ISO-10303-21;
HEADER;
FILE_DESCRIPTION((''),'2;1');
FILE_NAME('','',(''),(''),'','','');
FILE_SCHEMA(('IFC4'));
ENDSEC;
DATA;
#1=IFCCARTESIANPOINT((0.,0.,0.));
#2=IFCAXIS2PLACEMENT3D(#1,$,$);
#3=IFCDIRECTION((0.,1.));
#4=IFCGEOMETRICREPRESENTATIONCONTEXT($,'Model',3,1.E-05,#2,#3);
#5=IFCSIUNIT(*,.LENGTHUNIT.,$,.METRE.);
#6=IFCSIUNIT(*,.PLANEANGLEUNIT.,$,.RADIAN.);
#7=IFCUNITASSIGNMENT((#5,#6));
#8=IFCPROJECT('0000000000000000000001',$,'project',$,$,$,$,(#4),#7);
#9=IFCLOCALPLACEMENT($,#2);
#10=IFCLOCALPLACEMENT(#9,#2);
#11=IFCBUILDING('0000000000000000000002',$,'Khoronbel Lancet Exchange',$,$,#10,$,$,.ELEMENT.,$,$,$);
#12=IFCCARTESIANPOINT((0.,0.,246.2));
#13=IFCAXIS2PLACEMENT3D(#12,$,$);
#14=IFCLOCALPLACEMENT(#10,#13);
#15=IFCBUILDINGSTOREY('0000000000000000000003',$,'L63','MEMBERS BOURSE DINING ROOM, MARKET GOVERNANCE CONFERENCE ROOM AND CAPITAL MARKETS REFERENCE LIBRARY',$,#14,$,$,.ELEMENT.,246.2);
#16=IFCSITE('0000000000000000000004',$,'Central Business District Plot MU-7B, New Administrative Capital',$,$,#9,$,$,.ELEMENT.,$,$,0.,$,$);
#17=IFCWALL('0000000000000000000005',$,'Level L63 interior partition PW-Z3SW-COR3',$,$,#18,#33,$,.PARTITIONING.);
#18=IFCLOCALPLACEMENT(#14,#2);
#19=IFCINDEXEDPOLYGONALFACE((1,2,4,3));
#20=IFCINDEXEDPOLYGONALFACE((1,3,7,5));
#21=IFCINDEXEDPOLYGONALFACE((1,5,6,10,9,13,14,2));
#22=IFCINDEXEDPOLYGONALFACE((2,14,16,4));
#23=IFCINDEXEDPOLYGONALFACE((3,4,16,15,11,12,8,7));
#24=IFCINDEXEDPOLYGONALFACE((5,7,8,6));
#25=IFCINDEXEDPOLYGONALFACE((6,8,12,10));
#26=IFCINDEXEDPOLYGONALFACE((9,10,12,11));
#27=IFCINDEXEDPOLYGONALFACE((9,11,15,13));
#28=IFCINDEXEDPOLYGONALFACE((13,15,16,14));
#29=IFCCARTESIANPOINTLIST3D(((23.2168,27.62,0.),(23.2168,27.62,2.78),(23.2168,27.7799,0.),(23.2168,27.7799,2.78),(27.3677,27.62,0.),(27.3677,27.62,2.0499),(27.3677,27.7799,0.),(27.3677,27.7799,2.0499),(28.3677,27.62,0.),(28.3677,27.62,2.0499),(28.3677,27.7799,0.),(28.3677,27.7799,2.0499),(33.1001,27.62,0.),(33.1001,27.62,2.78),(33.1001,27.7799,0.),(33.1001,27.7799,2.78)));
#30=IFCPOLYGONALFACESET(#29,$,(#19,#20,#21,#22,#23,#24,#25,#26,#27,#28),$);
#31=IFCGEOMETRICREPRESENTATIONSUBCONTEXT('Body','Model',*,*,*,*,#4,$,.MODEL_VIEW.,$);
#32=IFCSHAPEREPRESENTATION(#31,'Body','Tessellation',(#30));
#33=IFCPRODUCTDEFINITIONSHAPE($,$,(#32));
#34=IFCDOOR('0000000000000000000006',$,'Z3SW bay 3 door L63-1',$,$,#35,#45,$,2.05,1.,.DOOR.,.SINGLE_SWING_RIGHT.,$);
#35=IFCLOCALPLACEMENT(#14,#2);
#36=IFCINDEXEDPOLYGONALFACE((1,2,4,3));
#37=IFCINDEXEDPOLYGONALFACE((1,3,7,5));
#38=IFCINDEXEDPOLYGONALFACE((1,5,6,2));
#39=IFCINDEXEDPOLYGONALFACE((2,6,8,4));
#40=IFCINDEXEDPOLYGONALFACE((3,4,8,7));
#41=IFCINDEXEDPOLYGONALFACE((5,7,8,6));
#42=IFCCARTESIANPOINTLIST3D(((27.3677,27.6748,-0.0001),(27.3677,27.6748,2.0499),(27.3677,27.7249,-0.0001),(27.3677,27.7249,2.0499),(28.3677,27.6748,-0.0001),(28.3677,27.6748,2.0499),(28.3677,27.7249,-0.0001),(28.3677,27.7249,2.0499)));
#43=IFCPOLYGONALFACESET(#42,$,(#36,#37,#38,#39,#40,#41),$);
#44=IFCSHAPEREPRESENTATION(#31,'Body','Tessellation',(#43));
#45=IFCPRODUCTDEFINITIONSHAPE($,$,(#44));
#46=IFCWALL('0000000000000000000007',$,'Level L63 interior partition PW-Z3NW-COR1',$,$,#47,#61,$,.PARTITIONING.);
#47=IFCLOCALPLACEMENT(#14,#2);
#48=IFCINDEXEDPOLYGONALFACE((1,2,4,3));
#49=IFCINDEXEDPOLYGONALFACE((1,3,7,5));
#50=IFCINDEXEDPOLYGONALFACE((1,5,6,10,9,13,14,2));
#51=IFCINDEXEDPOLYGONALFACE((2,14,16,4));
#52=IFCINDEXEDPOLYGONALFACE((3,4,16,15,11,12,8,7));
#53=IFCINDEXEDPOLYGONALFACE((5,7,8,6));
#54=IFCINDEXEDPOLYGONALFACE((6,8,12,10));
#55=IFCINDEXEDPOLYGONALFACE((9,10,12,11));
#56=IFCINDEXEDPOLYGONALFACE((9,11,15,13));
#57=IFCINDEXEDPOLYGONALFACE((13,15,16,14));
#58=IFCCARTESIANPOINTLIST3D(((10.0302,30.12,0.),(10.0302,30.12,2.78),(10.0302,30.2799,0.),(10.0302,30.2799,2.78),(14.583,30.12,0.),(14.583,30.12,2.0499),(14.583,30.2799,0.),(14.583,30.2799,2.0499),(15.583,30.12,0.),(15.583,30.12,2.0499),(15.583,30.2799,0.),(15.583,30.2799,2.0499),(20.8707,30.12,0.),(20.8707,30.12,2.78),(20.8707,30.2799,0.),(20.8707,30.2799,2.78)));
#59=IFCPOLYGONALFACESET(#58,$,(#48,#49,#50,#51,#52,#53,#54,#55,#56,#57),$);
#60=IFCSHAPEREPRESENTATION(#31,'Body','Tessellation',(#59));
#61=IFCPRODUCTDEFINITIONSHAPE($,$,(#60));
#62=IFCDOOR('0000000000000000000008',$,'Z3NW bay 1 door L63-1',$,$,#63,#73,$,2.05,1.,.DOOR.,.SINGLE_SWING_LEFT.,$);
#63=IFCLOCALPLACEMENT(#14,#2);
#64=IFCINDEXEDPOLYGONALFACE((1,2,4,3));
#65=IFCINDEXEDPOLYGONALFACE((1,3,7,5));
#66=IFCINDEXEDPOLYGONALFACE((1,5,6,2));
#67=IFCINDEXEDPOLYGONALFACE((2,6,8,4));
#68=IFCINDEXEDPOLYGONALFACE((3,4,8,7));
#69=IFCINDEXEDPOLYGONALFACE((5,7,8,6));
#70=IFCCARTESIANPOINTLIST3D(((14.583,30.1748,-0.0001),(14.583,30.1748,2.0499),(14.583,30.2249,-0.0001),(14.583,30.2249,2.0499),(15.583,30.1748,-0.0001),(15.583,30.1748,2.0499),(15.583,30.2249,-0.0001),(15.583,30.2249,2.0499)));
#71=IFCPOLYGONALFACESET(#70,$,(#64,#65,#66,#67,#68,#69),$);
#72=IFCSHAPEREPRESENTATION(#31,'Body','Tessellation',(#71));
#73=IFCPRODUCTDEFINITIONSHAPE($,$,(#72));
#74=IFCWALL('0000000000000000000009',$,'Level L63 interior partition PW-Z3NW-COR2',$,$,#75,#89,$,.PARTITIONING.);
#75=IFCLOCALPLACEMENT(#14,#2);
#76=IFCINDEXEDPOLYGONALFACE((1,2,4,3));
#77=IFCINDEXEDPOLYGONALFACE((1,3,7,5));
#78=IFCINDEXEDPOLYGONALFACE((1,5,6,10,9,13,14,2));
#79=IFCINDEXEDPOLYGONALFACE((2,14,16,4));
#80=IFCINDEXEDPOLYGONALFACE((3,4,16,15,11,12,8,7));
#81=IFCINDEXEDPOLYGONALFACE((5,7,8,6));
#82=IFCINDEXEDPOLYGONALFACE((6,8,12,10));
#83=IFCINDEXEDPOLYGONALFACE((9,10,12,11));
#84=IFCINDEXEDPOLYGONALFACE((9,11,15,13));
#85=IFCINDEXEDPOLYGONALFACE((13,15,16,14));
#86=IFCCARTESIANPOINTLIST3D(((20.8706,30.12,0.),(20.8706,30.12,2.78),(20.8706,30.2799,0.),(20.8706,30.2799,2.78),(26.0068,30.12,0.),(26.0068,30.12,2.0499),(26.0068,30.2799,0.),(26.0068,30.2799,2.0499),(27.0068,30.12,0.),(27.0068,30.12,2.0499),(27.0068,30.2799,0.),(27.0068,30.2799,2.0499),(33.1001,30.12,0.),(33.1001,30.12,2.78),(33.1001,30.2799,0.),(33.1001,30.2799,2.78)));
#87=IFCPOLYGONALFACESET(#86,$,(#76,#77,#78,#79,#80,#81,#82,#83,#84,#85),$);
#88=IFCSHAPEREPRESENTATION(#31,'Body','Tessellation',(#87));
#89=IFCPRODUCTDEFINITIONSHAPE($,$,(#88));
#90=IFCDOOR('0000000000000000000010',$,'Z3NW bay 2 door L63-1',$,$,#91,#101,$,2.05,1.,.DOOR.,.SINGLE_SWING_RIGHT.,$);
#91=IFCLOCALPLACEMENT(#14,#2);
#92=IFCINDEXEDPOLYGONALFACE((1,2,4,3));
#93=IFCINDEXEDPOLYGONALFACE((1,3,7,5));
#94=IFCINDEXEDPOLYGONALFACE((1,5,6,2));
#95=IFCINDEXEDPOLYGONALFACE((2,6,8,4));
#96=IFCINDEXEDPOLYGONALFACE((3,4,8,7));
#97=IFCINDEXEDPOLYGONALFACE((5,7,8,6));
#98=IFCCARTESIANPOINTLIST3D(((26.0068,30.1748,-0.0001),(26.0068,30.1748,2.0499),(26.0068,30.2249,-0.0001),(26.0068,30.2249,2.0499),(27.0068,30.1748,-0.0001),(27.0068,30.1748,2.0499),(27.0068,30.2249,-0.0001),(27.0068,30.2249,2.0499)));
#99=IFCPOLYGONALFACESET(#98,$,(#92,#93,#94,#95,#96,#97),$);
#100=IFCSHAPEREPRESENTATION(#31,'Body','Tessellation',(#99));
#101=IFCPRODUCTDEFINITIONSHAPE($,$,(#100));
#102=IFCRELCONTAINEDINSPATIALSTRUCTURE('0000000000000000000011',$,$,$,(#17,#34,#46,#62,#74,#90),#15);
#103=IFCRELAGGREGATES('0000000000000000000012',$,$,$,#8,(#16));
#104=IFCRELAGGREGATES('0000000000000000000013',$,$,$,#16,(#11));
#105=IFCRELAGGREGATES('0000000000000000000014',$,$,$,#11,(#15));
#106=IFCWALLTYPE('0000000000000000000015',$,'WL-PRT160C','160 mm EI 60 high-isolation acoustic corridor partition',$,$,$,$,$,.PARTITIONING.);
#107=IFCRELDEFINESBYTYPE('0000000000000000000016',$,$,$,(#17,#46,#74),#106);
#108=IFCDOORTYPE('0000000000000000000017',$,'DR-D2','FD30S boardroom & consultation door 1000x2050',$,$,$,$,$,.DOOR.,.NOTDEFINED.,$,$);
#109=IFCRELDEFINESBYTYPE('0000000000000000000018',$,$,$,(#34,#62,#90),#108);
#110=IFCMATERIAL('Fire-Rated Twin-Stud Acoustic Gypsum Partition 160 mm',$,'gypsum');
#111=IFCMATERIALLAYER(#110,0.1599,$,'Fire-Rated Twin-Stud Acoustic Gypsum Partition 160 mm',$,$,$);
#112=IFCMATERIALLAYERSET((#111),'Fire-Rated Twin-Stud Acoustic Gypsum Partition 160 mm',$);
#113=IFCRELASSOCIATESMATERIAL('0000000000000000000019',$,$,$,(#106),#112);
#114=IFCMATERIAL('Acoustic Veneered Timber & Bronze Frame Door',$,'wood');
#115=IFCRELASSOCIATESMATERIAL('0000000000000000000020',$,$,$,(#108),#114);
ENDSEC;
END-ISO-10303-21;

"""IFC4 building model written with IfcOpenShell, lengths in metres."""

from ifc_helpers import new_model, si_unit, direction, frame, frame_2d, origin, place, context, subcontext, project, spatial, rectangle, extrude, material, layer, layer_set, type_object, element, fill, save


model = new_model("IFC4")

# Units and contexts
model_context = context("Model", 3, precision=1e-05, world=origin(), true_north=direction((0.0, 1.0)))
body_context = subcontext(model_context, "Body", "Model", "MODEL_VIEW")
ifc_project = project(units=[si_unit("LENGTHUNIT", "METRE"), si_unit("PLANEANGLEUNIT", "RADIAN")], contexts=[model_context])

# Site, building, storey
site_placement = place(None, origin())
site = spatial("IfcSite", under=ifc_project, at=site_placement, Name="Central Business District Plot MU-7B, New Administrative Capital", CompositionType="ELEMENT", RefElevation=0.0)
building_placement = place(site_placement, origin())
building = spatial("IfcBuilding", under=site, at=building_placement, Name="Khoronbel Lancet Exchange", CompositionType="ELEMENT")
storey_placement = place(building_placement, frame((0.0, 0.0, 246.2)))
storey = spatial("IfcBuildingStorey", under=building, at=storey_placement, Name="L63", Description="MEMBERS BOURSE DINING ROOM, MARKET GOVERNANCE CONFERENCE ROOM AND CAPITAL MARKETS REFERENCE LIBRARY", CompositionType="ELEMENT", Elevation=246.2)

# Walls, openings, doors
ifc_material_1 = material(Name="Fire-Rated Twin-Stud Acoustic Gypsum Partition 160 mm", Category="gypsum")
ifc_layer_1 = layer(ifc_material_1, 0.1599, Name="Fire-Rated Twin-Stud Acoustic Gypsum Partition 160 mm")
ifc_layer_set_1 = layer_set([ifc_layer_1], Name="Fire-Rated Twin-Stud Acoustic Gypsum Partition 160 mm")
wall_type_1 = type_object("IfcWallType", Name="WL-PRT160C", Description="160 mm EI 60 high-isolation acoustic corridor partition", PredefinedType="PARTITIONING", material=ifc_layer_set_1)
ifc_material_2 = material(Name="Acoustic Veneered Timber & Bronze Frame Door", Category="wood")
door_type_1 = type_object("IfcDoorType", Name="DR-D2", Description="FD30S boardroom & consultation door 1000x2050", OperationType="NOTDEFINED", PredefinedType="DOOR", material=ifc_material_2)
wall_1_placement = place(storey_placement, frame((23.2168, 27.7, 0.0), z_axis=(0.0, 0.0, 1.0), x_axis=(1.0, 0.0, 0.0)))
wall_1 = element("IfcWall", 1, at=wall_1_placement, inside=storey, type_object=wall_type_1, Name="Level L63 interior partition PW-Z3SW-COR3", PredefinedType="PARTITIONING", context=body_context, shape_type="SweptSolid", body=[
    extrude(rectangle(XDim=9.8833, YDim=0.1599, at=frame_2d((4.9417, 0.0))), origin(), (0.0, 0.0, 1.0), 2.78),
])
opening_1_placement = place(wall_1_placement, frame((4.1509, 0.0, 0.0)))
opening_1 = element("IfcOpeningElement", 2, at=opening_1_placement, cuts=wall_1, PredefinedType="OPENING", context=body_context, shape_type="SweptSolid", body=[
    extrude(rectangle(XDim=1.0, YDim=2.05, at=frame_2d((0.5, 1.0249))), frame((0.0, 0.0898, 0.0), z_axis=(0.0, -1.0, 0.0), x_axis=(1.0, 0.0, 0.0)), (0.0, 0.0, 1.0), 0.1799),
])
door_1_placement = place(opening_1_placement, origin())
door_1 = element("IfcDoor", 3, at=door_1_placement, inside=storey, type_object=door_type_1, Name="Z3SW bay 3 door L63-1", OperationType="SINGLE_SWING_RIGHT", OverallHeight=2.05, OverallWidth=1.0, PredefinedType="DOOR", context=body_context, shape_type="SweptSolid", body=[
    extrude(rectangle(XDim=1.0, YDim=2.05, at=frame_2d((0.5, 1.0249))), frame((0.0, 0.0249, 0.0), z_axis=(0.0, -1.0, 0.0), x_axis=(1.0, 0.0, 0.0)), (0.0, 0.0, 1.0), 0.05),
])
fill(opening_1, door_1)
wall_2_placement = place(storey_placement, frame((10.03, 30.2, 0.0), z_axis=(0.0, 0.0, 1.0), x_axis=(1.0, 0.0, 0.0)))
wall_2 = element("IfcWall", 4, at=wall_2_placement, inside=storey, type_object=wall_type_1, Name="Level L63 interior partition PW-Z3NW-COR1", PredefinedType="PARTITIONING", context=body_context, shape_type="SweptSolid", body=[
    extrude(rectangle(XDim=10.8406, YDim=0.1599, at=frame_2d((5.4204, 0.0))), origin(), (0.0, 0.0, 1.0), 2.78),
])
opening_2_placement = place(wall_2_placement, frame((4.553, 0.0, 0.0)))
opening_2 = element("IfcOpeningElement", 5, at=opening_2_placement, cuts=wall_2, PredefinedType="OPENING", context=body_context, shape_type="SweptSolid", body=[
    extrude(rectangle(XDim=1.0, YDim=2.05, at=frame_2d((0.5, 1.0249))), frame((0.0, 0.0898, 0.0), z_axis=(0.0, -1.0, 0.0), x_axis=(1.0, 0.0, 0.0)), (0.0, 0.0, 1.0), 0.1799),
])
door_2_placement = place(opening_2_placement, origin())
door_2 = element("IfcDoor", 6, at=door_2_placement, inside=storey, type_object=door_type_1, Name="Z3NW bay 1 door L63-1", OperationType="SINGLE_SWING_LEFT", OverallHeight=2.05, OverallWidth=1.0, PredefinedType="DOOR", context=body_context, shape_type="SweptSolid", body=[
    extrude(rectangle(XDim=1.0, YDim=2.05, at=frame_2d((0.5, 1.0249))), frame((0.0, 0.0249, 0.0), z_axis=(0.0, -1.0, 0.0), x_axis=(1.0, 0.0, 0.0)), (0.0, 0.0, 1.0), 0.05),
])
fill(opening_2, door_2)
wall_3_placement = place(storey_placement, frame((20.8706, 30.2, 0.0), z_axis=(0.0, 0.0, 1.0), x_axis=(1.0, 0.0, 0.0)))
wall_3 = element("IfcWall", 7, at=wall_3_placement, inside=storey, type_object=wall_type_1, Name="Level L63 interior partition PW-Z3NW-COR2", PredefinedType="PARTITIONING", context=body_context, shape_type="SweptSolid", body=[
    extrude(rectangle(XDim=12.2295, YDim=0.1599, at=frame_2d((6.1147, 0.0))), origin(), (0.0, 0.0, 1.0), 2.78),
])
opening_3_placement = place(wall_3_placement, frame((5.1362, 0.0, 0.0)))
opening_3 = element("IfcOpeningElement", 8, at=opening_3_placement, cuts=wall_3, PredefinedType="OPENING", context=body_context, shape_type="SweptSolid", body=[
    extrude(rectangle(XDim=1.0, YDim=2.05, at=frame_2d((0.5, 1.0249))), frame((0.0, 0.0898, 0.0), z_axis=(0.0, -1.0, 0.0), x_axis=(1.0, 0.0, 0.0)), (0.0, 0.0, 1.0), 0.1799),
])
door_3_placement = place(opening_3_placement, origin())
door_3 = element("IfcDoor", 9, at=door_3_placement, inside=storey, type_object=door_type_1, Name="Z3NW bay 2 door L63-1", OperationType="SINGLE_SWING_RIGHT", OverallHeight=2.05, OverallWidth=1.0, PredefinedType="DOOR", context=body_context, shape_type="SweptSolid", body=[
    extrude(rectangle(XDim=1.0, YDim=2.05, at=frame_2d((0.5, 1.0249))), frame((0.0, 0.0249, 0.0), z_axis=(0.0, -1.0, 0.0), x_axis=(1.0, 0.0, 0.0)), (0.0, 0.0, 1.0), 0.05),
])
fill(opening_3, door_3)

save(model, "model.ifc")
